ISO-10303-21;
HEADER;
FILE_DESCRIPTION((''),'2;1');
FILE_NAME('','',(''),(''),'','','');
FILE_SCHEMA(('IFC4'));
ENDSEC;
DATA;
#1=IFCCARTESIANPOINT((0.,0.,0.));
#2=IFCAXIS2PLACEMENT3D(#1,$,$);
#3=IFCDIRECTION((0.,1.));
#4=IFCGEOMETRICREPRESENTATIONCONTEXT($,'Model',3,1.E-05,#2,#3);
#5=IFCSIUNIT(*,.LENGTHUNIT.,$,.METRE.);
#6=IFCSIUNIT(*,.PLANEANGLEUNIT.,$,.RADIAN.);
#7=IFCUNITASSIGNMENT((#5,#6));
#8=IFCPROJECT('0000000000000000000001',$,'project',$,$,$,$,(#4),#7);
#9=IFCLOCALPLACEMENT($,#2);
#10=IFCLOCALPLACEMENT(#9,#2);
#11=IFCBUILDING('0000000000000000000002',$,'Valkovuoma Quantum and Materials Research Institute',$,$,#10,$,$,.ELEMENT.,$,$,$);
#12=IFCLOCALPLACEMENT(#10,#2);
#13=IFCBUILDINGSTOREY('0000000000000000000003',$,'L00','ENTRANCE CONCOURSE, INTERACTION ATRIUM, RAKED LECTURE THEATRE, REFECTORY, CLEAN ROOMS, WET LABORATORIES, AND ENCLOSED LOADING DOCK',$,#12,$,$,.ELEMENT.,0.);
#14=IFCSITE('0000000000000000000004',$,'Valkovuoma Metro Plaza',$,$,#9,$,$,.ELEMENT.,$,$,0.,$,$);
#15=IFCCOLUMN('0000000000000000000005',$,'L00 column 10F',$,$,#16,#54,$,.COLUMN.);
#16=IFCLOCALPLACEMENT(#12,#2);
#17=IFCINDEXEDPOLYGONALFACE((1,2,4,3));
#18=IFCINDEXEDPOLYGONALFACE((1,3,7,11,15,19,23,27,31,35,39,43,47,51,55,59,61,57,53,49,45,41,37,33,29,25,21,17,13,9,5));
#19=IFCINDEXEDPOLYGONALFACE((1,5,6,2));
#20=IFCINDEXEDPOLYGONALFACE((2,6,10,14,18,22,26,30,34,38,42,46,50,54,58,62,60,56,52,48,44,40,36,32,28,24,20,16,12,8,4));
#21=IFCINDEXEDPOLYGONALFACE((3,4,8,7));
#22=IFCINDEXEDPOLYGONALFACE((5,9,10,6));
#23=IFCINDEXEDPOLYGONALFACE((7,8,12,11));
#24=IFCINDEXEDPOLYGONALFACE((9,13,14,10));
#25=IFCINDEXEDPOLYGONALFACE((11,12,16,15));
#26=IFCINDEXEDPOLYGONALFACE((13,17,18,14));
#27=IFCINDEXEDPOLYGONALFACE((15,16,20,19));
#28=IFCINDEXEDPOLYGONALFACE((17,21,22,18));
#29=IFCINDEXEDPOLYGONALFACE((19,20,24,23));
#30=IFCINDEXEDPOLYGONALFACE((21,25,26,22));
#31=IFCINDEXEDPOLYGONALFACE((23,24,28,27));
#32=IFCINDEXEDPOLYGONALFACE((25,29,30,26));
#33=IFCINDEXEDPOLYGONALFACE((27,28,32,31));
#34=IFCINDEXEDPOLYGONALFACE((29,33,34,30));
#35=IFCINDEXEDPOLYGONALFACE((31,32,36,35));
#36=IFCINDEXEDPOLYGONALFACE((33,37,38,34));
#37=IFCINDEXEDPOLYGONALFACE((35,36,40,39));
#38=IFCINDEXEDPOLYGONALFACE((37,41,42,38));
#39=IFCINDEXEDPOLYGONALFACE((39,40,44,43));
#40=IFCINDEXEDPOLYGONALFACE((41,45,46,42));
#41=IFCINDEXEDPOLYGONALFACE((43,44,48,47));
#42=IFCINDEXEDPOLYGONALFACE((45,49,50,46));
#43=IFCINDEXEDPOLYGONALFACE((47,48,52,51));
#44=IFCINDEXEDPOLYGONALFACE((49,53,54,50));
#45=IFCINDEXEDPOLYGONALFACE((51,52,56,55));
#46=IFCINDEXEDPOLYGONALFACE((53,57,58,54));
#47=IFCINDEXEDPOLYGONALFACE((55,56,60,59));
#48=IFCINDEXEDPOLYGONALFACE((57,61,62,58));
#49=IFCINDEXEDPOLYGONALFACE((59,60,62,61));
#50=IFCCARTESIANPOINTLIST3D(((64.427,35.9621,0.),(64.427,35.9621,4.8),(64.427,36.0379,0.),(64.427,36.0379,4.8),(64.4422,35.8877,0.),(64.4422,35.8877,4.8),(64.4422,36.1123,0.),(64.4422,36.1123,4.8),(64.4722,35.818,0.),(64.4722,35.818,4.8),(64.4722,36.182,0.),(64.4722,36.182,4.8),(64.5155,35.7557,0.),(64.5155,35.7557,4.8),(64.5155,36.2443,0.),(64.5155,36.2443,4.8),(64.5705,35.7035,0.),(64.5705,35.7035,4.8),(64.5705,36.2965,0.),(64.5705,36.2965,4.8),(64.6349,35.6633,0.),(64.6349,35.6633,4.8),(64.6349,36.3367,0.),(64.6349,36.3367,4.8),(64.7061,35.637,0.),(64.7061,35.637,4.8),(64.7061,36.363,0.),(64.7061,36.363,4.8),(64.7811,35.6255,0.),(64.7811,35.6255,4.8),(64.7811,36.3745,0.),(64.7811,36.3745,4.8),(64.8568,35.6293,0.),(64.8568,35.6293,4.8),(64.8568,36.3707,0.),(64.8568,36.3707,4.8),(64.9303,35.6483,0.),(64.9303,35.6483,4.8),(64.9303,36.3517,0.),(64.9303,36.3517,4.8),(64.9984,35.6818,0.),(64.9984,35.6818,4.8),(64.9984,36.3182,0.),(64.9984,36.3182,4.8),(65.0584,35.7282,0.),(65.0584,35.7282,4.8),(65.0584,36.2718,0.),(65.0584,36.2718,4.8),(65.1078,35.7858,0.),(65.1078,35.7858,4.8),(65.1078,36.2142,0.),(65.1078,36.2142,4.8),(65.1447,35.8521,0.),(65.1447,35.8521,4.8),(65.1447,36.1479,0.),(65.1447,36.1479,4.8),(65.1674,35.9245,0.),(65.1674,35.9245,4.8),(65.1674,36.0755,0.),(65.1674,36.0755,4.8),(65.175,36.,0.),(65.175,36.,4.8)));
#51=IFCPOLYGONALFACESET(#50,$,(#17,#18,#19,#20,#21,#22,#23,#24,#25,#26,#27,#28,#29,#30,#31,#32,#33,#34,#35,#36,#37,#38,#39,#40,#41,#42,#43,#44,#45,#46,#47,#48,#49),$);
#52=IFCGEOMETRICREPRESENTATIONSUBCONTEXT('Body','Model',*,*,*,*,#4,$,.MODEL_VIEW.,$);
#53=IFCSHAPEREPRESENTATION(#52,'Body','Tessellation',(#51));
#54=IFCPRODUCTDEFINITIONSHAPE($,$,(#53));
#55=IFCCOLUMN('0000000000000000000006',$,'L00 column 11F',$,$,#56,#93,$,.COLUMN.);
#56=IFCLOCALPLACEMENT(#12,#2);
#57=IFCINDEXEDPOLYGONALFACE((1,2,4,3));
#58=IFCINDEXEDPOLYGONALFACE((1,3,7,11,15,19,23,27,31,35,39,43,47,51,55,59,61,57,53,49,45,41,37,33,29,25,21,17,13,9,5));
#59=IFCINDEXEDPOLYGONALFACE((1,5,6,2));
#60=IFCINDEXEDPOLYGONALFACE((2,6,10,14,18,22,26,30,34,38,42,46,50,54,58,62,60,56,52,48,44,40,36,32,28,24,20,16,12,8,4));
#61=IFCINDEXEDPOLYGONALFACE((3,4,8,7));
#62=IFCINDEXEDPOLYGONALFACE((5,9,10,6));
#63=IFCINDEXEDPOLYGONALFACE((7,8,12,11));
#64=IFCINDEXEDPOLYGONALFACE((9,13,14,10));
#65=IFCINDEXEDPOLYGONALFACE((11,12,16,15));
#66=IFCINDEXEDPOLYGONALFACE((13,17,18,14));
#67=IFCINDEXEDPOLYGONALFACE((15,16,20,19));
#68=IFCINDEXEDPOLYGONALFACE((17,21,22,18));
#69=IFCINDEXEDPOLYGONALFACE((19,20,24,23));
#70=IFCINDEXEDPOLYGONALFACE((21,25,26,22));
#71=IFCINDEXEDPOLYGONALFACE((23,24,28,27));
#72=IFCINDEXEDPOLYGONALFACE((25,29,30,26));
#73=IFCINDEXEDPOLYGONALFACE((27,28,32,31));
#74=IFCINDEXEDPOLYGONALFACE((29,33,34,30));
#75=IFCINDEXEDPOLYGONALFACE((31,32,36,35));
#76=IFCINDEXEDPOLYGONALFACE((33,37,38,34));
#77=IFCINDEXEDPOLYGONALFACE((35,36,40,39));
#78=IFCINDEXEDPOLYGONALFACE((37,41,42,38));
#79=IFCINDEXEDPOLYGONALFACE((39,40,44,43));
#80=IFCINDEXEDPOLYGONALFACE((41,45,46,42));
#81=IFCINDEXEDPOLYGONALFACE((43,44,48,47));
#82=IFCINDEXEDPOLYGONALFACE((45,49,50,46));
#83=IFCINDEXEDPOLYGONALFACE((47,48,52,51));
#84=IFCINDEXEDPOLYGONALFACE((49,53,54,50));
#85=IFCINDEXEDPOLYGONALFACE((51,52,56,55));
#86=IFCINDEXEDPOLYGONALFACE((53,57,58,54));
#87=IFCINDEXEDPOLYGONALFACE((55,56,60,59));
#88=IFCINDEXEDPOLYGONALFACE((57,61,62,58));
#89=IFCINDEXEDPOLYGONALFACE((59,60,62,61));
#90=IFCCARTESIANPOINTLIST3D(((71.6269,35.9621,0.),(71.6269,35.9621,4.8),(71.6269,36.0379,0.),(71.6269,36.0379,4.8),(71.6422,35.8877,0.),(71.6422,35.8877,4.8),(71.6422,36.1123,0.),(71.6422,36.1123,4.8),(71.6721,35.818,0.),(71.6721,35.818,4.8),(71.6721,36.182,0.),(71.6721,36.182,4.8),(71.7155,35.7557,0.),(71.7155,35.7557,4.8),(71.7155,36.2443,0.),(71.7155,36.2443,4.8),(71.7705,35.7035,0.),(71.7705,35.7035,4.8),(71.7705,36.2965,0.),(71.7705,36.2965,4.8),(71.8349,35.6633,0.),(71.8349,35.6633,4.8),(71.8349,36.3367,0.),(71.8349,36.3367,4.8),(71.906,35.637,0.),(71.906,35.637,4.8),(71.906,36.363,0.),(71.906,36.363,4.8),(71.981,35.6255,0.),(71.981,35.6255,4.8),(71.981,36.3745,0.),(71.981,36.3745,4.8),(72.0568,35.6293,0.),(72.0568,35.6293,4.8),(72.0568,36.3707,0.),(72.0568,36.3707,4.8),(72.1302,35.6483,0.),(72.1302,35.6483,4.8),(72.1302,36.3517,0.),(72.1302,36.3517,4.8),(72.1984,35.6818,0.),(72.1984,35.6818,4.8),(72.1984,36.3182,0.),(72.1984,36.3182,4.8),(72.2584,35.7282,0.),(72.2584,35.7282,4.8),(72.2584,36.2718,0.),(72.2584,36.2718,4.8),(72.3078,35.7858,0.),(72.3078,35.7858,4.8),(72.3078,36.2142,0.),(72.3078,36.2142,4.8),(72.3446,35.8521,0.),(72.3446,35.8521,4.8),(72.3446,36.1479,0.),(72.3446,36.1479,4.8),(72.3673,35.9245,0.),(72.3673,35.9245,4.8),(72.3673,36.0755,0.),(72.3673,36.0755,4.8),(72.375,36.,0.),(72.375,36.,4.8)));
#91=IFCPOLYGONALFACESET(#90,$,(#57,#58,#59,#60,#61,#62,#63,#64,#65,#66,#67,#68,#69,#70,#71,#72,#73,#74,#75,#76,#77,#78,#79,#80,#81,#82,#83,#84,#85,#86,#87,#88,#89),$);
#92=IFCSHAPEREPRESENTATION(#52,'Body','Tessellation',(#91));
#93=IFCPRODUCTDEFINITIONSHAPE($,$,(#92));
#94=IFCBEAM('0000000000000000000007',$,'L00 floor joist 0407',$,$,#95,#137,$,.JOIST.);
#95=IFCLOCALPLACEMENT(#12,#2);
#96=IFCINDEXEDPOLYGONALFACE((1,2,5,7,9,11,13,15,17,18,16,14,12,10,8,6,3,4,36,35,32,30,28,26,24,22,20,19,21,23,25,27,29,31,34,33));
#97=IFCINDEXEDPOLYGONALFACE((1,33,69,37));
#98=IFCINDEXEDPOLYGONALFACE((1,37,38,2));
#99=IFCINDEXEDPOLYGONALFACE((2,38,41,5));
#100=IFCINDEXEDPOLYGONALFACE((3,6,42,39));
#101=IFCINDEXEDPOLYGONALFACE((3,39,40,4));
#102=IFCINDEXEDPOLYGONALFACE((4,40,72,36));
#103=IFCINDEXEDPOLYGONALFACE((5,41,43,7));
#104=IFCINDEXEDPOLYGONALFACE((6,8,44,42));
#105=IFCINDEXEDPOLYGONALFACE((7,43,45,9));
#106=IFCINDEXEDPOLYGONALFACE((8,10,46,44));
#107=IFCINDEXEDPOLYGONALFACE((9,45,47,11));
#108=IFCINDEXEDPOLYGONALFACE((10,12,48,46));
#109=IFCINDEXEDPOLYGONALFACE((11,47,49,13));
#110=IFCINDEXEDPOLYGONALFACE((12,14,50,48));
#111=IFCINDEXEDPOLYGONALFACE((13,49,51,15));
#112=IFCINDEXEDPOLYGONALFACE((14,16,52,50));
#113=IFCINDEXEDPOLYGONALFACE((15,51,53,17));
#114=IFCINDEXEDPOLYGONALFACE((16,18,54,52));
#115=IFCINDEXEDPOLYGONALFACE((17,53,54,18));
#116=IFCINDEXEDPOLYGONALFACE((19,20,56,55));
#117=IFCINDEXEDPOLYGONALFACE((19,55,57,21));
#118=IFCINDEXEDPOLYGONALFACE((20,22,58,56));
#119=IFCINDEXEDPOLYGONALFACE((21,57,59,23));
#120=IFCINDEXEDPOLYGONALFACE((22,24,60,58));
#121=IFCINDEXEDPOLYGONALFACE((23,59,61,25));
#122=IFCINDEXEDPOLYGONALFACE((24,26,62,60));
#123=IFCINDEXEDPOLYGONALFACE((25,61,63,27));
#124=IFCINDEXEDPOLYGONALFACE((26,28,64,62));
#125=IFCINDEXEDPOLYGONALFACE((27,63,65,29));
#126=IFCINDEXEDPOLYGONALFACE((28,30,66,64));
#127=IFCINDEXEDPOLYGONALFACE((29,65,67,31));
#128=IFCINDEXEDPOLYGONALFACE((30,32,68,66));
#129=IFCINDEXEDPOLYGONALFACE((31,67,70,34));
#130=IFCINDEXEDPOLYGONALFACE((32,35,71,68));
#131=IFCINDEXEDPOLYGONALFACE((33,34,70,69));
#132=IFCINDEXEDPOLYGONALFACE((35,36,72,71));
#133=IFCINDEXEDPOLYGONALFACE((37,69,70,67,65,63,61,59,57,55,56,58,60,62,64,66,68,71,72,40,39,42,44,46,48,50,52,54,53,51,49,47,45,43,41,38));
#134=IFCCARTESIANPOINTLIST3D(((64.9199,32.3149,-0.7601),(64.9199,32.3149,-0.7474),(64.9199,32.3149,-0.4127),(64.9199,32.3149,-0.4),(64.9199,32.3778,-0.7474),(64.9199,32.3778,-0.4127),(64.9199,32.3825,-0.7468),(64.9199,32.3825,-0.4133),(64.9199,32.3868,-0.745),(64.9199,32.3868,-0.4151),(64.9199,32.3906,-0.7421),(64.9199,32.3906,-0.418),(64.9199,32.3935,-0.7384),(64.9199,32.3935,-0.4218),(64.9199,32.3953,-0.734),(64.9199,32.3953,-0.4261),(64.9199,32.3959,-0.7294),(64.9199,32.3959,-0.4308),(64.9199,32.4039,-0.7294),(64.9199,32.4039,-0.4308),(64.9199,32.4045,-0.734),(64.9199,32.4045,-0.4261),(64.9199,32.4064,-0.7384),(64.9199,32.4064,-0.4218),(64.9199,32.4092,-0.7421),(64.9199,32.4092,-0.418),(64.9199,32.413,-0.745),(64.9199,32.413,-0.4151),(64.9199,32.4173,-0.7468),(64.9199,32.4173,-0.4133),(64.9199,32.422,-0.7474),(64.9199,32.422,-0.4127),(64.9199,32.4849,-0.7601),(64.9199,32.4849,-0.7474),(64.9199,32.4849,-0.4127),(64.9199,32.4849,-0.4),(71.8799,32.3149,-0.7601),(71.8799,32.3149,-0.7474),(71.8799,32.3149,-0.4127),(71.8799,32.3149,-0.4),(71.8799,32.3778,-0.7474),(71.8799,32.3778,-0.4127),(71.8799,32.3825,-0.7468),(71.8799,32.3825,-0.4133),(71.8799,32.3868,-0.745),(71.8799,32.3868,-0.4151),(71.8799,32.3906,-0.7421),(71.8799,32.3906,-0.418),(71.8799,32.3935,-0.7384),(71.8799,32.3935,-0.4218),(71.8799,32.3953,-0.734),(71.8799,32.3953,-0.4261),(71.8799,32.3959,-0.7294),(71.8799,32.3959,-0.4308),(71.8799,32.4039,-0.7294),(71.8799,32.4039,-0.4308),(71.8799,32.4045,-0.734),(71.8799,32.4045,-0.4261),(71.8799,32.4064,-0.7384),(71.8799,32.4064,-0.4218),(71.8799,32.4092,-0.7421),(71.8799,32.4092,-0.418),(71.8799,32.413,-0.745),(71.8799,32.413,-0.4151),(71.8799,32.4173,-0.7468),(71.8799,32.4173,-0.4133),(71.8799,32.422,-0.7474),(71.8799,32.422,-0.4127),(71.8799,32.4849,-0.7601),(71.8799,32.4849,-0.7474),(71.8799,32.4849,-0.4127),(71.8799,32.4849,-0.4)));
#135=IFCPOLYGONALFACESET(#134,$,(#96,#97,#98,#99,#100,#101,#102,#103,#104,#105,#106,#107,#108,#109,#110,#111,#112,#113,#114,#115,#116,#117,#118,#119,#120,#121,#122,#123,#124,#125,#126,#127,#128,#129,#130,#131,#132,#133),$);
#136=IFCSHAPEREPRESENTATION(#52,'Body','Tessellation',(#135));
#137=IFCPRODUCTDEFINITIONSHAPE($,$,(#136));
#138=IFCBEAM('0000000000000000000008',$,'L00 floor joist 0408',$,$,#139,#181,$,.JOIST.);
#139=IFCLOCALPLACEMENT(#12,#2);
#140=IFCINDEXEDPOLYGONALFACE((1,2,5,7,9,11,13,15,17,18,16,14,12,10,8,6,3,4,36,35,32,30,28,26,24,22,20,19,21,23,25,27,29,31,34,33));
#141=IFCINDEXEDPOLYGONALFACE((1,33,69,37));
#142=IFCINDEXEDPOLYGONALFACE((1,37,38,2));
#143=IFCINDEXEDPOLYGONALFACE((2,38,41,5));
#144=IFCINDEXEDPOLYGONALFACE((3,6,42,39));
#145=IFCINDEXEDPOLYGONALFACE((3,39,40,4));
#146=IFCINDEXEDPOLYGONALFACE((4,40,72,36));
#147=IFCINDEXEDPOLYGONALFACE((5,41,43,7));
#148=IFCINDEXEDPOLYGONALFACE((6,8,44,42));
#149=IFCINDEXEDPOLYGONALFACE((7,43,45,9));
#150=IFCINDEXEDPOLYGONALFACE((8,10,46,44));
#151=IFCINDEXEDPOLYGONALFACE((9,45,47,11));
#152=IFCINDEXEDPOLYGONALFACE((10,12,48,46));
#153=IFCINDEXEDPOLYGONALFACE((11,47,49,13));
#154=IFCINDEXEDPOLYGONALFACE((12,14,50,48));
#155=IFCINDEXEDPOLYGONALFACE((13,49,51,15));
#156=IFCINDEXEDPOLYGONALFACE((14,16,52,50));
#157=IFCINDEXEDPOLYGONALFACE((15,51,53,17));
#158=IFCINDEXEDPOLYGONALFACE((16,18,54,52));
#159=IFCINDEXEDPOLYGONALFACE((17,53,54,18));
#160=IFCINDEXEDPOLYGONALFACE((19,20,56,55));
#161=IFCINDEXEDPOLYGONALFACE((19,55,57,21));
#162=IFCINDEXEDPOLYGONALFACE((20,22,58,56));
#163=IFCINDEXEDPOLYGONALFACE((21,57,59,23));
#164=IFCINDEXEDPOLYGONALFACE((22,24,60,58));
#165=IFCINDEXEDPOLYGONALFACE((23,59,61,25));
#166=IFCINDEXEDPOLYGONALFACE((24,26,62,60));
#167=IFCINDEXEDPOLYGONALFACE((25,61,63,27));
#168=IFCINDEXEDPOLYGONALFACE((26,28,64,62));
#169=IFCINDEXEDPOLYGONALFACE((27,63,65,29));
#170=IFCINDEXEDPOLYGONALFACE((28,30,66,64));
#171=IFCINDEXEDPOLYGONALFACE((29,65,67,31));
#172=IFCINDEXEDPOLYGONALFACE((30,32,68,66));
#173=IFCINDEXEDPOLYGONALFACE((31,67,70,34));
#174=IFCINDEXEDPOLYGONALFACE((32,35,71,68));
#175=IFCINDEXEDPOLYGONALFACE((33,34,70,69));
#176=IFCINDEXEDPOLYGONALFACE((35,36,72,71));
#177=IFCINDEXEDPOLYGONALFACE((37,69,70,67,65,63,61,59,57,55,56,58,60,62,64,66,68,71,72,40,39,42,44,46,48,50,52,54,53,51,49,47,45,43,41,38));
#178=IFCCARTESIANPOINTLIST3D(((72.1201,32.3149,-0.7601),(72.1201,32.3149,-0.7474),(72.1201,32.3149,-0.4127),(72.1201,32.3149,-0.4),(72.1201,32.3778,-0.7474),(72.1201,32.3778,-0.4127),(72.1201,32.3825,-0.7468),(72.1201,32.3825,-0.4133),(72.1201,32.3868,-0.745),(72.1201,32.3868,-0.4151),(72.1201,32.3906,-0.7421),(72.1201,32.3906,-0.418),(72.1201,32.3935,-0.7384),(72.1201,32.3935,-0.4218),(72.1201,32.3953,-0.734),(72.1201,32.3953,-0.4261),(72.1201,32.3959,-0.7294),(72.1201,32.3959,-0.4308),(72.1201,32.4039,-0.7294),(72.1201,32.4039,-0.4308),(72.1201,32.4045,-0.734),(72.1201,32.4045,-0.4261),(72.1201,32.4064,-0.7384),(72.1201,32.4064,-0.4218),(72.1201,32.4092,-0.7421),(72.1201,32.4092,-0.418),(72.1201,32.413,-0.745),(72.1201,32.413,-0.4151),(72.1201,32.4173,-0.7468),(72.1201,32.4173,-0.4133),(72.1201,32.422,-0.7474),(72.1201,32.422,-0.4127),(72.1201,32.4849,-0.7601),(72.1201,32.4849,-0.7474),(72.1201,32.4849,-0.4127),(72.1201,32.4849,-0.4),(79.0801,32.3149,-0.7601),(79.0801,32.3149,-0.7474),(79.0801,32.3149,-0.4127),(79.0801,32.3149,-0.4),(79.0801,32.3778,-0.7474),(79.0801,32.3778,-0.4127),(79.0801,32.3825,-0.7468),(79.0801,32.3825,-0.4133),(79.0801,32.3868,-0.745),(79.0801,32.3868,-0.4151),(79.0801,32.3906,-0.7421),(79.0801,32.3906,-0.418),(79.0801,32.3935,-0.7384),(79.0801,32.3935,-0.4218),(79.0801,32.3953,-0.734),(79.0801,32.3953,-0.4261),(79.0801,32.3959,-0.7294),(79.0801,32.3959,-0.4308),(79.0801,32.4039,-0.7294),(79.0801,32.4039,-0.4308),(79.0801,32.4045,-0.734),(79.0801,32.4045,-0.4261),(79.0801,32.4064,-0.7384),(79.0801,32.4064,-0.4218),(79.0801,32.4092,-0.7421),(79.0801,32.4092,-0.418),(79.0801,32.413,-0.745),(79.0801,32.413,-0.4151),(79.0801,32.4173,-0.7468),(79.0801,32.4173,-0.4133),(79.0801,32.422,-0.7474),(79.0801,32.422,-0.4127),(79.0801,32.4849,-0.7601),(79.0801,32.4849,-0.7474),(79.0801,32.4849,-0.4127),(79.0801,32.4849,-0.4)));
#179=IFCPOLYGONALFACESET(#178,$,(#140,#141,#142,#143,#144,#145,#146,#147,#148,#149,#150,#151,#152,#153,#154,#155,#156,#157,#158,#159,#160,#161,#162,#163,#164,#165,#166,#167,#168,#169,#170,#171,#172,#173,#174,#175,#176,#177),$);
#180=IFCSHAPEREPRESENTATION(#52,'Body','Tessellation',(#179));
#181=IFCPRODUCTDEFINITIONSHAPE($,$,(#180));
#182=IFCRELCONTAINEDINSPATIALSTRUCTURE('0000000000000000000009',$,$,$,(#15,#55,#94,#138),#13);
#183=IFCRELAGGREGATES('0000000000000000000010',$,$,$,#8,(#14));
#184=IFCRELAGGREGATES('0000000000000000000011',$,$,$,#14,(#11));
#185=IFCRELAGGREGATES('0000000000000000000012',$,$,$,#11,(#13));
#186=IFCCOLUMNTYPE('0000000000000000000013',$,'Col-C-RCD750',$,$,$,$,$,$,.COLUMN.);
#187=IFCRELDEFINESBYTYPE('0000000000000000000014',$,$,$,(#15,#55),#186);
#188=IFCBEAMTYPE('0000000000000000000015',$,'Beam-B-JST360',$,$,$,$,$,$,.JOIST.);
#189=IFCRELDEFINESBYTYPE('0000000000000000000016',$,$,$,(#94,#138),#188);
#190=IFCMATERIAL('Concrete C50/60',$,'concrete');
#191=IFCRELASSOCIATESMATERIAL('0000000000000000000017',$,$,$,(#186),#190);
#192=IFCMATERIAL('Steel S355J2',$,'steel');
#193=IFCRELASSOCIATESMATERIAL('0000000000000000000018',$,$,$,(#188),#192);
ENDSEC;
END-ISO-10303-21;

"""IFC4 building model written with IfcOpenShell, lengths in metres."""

from ifc_helpers import new_model, si_unit, direction, frame, origin, origin_2d, place, context, subcontext, project, spatial, circle, i_section, extrude, material, material_profile, profile_set, type_object, element, save


model = new_model("IFC4")

# Units and contexts
model_context = context("Model", 3, precision=1e-05, world=origin(), true_north=direction((0.0, 1.0)))
body_context = subcontext(model_context, "Body", "Model", "MODEL_VIEW")
ifc_project = project(units=[si_unit("LENGTHUNIT", "METRE"), si_unit("PLANEANGLEUNIT", "RADIAN")], contexts=[model_context])

# Site, building, storey
site_placement = place(None, origin())
site = spatial("IfcSite", under=ifc_project, at=site_placement, Name="Valkovuoma Metro Plaza", CompositionType="ELEMENT", RefElevation=0.0)
building_placement = place(site_placement, origin())
building = spatial("IfcBuilding", under=site, at=building_placement, Name="Valkovuoma Quantum and Materials Research Institute", CompositionType="ELEMENT")
storey_placement = place(building_placement, origin())
storey = spatial("IfcBuildingStorey", under=building, at=storey_placement, Name="L00", Description="ENTRANCE CONCOURSE, INTERACTION ATRIUM, RAKED LECTURE THEATRE, REFECTORY, CLEAN ROOMS, WET LABORATORIES, AND ENCLOSED LOADING DOCK", CompositionType="ELEMENT", Elevation=0.0)

# Columns
ifc_material_1 = material(Name="Concrete C50/60", Category="concrete")
ifc_material_profile_1 = material_profile(ifc_material_1, circle(Radius=0.375, at=origin_2d()), Name="Concrete C50/60")
ifc_profile_set_1 = profile_set([ifc_material_profile_1], Name="Concrete C50/60")
column_type = type_object("IfcColumnType", Name="Col-C-RCD750", PredefinedType="COLUMN", material=ifc_profile_set_1)
for number, where, z_axis, x_axis, name in (
    (1, (64.8, 36.0, 0.0), (0.0, 0.0, 1.0), (1.0, 0.0, 0.0), "L00 column 10F"),
    (2, (72.0, 36.0, 0.0), (0.0, 0.0, 1.0), (1.0, 0.0, 0.0), "L00 column 11F"),
):
    element("IfcColumn", number, at=place(storey_placement, frame(where, z_axis=z_axis, x_axis=x_axis)), inside=storey, type_object=column_type, Name=name, PredefinedType="COLUMN", context=body_context, shape_type="SweptSolid", body=[
        extrude(circle(Radius=0.375, at=origin_2d()), origin(), (0.0, 0.0, 1.0), 4.8),
    ])

# Beams
ifc_material_2 = material(Name="Steel S355J2", Category="steel")
ifc_material_profile_2 = material_profile(ifc_material_2, i_section(OverallWidth=0.1699, OverallDepth=0.3601, WebThickness=0.0081, FlangeThickness=0.0127, FilletRadius=0.0181, at=origin_2d()), Name="Steel S355J2")
ifc_profile_set_2 = profile_set([ifc_material_profile_2], Name="Steel S355J2")
beam_type_1 = type_object("IfcBeamType", Name="Beam-B-JST360", PredefinedType="JOIST", material=ifc_profile_set_2)
for number, where, z_axis, x_axis, name in (
    (3, (64.9199, 32.3999, -0.5801), (1.0, 0.0, 0.0), (0.0, 1.0, 0.0), "L00 floor joist 0407"),
    (4, (72.1201, 32.3999, -0.5801), (1.0, 0.0, 0.0), (0.0, 1.0, 0.0), "L00 floor joist 0408"),
):
    element("IfcBeam", number, at=place(storey_placement, frame(where, z_axis=z_axis, x_axis=x_axis)), inside=storey, type_object=beam_type_1, Name=name, PredefinedType="JOIST", context=body_context, shape_type="SweptSolid", body=[
        extrude(i_section(OverallWidth=0.1699, OverallDepth=0.3601, WebThickness=0.0081, FlangeThickness=0.0127, FilletRadius=0.0181, at=origin_2d()), origin(), (0.0, 0.0, 1.0), 6.96),
    ])

save(model, "model.ifc")
